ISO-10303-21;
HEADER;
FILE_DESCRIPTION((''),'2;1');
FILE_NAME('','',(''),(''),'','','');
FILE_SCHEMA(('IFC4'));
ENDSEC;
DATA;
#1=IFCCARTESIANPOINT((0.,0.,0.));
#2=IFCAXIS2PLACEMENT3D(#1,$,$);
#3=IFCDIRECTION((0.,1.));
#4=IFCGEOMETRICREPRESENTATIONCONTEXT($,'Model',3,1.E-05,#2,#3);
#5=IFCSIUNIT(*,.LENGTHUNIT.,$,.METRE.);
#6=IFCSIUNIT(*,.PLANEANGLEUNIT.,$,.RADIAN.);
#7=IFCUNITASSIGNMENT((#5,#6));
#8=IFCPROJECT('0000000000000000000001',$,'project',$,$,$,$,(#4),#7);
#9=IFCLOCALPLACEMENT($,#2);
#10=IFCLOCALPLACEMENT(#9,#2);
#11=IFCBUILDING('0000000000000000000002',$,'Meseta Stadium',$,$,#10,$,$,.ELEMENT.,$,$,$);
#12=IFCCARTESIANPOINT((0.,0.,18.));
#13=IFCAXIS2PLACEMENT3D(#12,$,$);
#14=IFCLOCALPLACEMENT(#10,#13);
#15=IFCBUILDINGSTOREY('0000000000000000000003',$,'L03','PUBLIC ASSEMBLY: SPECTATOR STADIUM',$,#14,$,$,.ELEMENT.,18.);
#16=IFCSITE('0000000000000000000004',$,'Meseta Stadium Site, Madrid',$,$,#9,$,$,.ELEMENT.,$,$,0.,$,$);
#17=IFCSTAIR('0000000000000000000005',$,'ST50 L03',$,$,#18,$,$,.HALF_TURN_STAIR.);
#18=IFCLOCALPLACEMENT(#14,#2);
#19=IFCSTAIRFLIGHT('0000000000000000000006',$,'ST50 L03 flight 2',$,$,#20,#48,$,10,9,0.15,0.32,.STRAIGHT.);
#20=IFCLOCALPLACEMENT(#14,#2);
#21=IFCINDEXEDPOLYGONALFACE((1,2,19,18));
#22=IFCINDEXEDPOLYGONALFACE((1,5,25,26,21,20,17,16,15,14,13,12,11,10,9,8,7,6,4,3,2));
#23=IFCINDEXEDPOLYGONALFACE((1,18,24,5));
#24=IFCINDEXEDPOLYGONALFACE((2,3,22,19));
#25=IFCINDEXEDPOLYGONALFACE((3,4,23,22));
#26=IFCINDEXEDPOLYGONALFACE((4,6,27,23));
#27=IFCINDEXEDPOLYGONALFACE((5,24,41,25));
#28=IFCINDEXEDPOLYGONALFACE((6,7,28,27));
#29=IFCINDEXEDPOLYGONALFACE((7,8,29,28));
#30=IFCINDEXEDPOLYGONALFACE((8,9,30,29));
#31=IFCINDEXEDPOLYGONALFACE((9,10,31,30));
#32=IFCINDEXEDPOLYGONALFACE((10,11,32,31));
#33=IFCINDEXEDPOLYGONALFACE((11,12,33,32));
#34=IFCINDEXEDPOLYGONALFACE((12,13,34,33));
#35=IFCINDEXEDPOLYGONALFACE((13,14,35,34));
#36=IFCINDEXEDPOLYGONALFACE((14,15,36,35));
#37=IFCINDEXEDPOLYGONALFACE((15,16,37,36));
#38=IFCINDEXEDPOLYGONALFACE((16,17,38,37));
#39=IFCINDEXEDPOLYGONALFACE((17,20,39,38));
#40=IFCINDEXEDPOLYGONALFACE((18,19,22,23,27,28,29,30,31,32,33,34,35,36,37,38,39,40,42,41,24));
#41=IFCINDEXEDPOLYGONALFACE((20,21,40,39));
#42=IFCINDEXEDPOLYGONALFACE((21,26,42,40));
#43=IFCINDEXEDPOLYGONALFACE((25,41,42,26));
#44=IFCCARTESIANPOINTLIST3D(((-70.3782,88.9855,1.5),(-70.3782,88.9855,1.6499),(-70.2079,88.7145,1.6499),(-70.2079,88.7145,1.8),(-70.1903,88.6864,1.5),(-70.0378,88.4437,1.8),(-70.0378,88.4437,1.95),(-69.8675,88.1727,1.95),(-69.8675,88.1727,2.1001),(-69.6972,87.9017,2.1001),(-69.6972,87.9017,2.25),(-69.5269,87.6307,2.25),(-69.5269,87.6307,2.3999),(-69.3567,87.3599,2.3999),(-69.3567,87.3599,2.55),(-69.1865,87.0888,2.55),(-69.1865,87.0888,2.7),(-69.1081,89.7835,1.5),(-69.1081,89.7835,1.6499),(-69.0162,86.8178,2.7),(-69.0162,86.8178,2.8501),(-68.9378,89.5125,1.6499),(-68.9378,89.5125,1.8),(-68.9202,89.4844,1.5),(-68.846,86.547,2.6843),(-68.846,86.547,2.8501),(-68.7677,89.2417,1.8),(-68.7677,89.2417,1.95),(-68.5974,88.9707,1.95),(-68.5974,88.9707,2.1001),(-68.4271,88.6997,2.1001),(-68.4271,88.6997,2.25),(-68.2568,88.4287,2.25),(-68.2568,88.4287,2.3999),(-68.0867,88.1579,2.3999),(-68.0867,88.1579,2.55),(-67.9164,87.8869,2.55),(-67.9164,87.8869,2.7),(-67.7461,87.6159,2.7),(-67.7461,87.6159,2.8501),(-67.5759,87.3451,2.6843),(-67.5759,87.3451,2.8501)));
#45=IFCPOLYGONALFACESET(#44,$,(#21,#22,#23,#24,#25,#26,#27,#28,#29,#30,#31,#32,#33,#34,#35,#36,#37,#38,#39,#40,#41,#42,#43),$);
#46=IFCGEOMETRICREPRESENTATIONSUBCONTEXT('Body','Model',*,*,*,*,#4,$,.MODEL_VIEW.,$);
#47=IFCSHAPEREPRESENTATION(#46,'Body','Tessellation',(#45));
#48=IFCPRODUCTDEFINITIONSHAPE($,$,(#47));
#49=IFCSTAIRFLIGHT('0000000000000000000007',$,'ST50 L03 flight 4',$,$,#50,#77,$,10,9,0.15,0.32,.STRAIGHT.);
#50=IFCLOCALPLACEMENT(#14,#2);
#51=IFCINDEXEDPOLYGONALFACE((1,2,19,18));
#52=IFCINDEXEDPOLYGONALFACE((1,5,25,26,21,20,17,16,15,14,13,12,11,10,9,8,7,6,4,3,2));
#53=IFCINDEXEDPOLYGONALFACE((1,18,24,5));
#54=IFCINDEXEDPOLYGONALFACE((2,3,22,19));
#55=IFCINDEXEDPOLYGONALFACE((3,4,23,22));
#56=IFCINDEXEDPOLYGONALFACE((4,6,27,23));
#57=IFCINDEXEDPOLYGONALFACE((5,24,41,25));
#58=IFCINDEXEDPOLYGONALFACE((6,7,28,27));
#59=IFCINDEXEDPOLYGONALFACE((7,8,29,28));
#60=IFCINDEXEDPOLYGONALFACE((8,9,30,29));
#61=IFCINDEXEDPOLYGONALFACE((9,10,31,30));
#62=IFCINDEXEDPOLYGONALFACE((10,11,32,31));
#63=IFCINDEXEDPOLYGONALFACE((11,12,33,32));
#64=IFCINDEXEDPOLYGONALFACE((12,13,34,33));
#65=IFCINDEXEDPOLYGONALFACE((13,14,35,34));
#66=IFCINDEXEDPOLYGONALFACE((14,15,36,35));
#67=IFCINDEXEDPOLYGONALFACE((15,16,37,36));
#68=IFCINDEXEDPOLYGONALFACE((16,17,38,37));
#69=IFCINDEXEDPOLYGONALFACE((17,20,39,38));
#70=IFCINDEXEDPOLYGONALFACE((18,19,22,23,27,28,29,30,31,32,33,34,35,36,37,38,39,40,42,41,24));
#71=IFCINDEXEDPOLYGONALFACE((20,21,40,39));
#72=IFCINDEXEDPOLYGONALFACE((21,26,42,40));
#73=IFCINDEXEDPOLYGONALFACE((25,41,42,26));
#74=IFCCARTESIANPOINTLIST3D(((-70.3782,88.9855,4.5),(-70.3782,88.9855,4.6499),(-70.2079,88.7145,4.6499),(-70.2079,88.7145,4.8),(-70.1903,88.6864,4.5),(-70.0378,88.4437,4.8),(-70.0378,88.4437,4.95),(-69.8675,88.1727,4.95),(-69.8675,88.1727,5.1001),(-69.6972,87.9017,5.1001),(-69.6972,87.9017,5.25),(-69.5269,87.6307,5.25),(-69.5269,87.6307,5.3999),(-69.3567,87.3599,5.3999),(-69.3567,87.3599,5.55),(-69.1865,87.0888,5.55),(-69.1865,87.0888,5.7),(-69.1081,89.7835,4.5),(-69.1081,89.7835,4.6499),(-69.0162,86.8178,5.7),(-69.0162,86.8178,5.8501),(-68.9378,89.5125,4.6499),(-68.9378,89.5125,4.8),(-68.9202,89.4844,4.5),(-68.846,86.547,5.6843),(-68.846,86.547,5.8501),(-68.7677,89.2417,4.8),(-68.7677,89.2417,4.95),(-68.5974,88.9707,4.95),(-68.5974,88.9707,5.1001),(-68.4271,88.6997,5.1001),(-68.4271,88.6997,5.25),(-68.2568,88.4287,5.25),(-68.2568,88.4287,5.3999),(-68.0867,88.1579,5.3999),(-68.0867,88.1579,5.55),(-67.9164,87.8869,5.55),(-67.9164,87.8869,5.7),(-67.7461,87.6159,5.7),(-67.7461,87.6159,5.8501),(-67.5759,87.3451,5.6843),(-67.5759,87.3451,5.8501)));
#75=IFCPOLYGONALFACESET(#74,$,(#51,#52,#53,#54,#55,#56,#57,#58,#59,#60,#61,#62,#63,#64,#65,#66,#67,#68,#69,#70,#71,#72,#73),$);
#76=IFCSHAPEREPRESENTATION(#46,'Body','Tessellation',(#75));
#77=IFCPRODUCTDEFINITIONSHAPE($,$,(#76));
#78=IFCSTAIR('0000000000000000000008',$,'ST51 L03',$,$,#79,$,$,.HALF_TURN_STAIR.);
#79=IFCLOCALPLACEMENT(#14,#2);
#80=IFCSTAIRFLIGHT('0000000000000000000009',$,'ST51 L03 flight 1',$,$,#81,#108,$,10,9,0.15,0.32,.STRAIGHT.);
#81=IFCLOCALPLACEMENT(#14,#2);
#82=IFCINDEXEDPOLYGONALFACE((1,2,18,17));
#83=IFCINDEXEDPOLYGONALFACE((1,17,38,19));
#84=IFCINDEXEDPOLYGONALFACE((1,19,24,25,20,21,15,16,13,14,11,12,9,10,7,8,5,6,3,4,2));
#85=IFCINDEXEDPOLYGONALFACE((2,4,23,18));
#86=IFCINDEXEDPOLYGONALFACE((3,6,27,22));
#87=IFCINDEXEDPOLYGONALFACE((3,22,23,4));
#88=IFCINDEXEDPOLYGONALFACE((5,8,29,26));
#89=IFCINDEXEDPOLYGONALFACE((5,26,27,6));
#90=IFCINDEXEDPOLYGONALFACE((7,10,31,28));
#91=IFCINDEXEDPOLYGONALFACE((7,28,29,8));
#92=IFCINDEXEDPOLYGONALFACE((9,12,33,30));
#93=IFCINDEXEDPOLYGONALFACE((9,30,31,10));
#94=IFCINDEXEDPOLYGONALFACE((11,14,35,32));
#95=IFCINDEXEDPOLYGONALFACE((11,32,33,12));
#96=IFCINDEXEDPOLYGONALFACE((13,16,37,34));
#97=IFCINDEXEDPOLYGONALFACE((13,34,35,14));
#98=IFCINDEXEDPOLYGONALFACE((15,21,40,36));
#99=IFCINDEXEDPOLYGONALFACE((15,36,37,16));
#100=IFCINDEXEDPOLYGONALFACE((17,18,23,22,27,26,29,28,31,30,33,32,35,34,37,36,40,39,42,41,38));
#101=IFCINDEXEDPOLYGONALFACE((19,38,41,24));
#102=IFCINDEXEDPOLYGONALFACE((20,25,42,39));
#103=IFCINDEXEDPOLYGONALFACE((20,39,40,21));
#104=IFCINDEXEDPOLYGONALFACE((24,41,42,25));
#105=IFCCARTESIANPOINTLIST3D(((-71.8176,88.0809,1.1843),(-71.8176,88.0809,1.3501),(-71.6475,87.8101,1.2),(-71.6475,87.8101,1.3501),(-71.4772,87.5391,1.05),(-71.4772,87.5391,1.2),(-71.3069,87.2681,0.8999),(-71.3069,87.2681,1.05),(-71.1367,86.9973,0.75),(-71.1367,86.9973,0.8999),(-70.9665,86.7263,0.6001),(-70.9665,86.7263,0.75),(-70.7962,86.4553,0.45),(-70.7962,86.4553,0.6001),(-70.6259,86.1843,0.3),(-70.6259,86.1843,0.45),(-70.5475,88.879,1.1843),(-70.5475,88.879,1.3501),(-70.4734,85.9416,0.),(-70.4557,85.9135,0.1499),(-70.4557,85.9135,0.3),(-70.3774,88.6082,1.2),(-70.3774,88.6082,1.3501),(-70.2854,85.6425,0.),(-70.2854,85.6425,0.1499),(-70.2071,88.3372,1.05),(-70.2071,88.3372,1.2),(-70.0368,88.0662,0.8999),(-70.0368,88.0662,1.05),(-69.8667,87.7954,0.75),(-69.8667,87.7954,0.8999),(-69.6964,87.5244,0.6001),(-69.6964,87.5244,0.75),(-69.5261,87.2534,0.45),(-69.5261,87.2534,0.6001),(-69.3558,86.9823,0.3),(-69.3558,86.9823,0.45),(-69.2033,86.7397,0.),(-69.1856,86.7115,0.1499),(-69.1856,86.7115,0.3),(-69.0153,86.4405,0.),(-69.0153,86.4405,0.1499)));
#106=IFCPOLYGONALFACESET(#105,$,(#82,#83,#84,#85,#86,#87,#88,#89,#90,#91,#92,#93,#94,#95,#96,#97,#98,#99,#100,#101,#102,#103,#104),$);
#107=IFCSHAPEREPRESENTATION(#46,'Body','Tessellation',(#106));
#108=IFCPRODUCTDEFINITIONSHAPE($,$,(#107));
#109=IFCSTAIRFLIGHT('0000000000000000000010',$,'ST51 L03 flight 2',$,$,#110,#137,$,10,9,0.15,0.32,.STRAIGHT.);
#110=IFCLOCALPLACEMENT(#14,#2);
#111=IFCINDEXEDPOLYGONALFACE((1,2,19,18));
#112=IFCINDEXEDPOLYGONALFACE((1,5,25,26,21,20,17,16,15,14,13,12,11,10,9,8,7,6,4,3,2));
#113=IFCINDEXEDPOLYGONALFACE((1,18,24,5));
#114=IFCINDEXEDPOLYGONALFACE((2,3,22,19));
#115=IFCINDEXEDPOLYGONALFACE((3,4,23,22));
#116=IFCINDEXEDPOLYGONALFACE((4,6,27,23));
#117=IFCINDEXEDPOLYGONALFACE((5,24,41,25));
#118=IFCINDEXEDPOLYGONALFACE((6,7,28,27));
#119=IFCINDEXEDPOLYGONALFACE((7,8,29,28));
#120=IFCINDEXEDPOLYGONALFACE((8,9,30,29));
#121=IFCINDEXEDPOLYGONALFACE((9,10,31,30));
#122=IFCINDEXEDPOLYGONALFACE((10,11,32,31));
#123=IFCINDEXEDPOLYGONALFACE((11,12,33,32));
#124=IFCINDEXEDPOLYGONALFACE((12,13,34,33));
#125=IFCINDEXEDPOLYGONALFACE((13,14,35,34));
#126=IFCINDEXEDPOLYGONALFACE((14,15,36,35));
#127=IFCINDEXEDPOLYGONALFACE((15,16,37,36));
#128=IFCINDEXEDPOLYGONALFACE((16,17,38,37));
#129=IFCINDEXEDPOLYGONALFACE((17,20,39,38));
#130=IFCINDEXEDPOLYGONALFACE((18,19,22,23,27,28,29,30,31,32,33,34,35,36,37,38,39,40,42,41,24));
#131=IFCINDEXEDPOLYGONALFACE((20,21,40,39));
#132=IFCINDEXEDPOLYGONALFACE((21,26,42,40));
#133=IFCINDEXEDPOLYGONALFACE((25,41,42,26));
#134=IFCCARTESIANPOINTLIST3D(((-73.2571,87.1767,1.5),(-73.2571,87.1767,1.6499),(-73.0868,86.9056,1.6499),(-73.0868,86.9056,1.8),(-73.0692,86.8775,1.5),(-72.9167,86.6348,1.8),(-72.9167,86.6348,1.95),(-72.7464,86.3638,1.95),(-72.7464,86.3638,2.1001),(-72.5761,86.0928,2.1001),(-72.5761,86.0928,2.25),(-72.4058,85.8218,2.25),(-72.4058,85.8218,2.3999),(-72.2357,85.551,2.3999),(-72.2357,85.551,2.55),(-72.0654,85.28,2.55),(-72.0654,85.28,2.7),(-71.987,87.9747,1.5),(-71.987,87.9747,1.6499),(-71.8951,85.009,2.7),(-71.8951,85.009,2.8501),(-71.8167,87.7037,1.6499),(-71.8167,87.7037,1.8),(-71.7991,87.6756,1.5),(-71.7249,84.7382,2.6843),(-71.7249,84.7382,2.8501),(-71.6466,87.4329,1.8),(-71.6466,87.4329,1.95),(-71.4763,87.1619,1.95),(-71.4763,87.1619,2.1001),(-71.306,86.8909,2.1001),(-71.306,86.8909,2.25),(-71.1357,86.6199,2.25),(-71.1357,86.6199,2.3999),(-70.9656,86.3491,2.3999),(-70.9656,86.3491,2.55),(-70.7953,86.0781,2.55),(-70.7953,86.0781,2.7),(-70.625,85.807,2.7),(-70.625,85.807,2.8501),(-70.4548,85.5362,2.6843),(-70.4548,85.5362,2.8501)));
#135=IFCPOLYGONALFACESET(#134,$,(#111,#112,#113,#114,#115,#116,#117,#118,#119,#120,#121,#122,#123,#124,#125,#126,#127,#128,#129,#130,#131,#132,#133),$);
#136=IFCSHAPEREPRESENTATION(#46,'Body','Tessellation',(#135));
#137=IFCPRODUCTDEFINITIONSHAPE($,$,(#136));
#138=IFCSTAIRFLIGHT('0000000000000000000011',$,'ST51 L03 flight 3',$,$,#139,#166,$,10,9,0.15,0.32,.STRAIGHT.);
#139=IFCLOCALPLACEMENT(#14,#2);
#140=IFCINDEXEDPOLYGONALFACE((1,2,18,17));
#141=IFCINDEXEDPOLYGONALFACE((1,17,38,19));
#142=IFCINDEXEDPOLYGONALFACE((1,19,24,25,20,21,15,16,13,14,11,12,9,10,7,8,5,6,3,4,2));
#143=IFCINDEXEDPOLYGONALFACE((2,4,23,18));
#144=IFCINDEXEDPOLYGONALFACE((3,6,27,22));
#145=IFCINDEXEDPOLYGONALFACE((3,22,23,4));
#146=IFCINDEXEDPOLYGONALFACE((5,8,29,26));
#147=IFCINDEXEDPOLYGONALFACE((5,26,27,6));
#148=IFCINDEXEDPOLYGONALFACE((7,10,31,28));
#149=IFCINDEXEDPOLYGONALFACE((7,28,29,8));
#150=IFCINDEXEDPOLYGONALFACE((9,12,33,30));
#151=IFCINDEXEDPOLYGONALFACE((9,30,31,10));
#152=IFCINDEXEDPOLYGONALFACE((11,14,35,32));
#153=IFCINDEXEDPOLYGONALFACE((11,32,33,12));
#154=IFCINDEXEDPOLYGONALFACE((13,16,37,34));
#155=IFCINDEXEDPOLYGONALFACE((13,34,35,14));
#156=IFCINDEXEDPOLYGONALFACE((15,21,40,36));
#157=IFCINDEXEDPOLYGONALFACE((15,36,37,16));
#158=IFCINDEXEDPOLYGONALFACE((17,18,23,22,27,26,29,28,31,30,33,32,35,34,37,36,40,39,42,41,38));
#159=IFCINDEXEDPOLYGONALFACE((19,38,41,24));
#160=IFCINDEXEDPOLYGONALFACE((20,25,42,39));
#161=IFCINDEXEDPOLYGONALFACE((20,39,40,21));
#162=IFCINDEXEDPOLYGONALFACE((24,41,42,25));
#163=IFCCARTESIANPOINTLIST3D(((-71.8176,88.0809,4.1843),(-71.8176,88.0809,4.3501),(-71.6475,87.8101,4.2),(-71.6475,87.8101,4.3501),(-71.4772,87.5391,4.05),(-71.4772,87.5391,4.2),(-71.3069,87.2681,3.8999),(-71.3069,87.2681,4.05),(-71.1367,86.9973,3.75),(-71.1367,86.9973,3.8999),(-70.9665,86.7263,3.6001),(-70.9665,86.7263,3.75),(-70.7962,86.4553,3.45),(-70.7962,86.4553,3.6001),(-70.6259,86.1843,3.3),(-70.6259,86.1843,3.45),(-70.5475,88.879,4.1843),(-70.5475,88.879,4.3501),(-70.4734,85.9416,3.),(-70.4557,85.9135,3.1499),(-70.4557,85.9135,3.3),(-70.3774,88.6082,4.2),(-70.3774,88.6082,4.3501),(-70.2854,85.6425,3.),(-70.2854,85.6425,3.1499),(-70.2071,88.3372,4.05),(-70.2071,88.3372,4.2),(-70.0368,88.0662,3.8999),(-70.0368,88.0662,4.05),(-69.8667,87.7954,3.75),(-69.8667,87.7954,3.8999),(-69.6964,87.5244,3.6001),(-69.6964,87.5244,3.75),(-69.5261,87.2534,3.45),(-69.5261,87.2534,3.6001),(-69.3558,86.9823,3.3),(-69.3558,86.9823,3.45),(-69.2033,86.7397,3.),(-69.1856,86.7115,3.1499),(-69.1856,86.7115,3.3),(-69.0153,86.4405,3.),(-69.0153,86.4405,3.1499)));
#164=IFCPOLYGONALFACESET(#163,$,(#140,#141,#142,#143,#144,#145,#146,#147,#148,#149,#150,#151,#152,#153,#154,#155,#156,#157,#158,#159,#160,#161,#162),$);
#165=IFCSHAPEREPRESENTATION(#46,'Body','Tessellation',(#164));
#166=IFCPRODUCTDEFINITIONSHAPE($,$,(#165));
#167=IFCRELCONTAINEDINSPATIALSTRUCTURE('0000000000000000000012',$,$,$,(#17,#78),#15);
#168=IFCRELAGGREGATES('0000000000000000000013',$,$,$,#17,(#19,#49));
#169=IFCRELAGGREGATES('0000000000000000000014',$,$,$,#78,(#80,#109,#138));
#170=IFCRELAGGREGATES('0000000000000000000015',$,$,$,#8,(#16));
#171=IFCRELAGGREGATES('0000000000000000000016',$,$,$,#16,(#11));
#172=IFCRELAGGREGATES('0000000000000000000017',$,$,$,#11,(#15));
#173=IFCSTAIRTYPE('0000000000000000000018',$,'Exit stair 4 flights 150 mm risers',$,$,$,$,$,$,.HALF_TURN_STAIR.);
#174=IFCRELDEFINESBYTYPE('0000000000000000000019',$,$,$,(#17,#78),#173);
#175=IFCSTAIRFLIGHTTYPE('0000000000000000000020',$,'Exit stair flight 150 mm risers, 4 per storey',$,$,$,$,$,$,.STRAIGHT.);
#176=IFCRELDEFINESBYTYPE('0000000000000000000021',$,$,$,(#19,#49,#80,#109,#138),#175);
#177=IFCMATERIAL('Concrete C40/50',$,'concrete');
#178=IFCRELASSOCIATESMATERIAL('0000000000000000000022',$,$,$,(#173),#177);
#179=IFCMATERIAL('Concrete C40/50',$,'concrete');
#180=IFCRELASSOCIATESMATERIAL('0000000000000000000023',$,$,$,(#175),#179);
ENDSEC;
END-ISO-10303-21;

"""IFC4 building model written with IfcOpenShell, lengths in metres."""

from ifc_helpers import new_model, si_unit, direction, frame, origin, place, context, subcontext, project, spatial, polyline, outline, extrude, material, type_object, element, aggregate, save


model = new_model("IFC4")

# Units and contexts
model_context = context("Model", 3, precision=1e-05, world=origin(), true_north=direction((0.0, 1.0)))
body_context = subcontext(model_context, "Body", "Model", "MODEL_VIEW")
ifc_project = project(units=[si_unit("LENGTHUNIT", "METRE"), si_unit("PLANEANGLEUNIT", "RADIAN")], contexts=[model_context])

# Site, building, storey
site_placement = place(None, origin())
site = spatial("IfcSite", under=ifc_project, at=site_placement, Name="Meseta Stadium Site, Madrid", CompositionType="ELEMENT", RefElevation=0.0)
building_placement = place(site_placement, origin())
building = spatial("IfcBuilding", under=site, at=building_placement, Name="Meseta Stadium", CompositionType="ELEMENT")
storey_placement = place(building_placement, frame((0.0, 0.0, 18.0)))
storey = spatial("IfcBuildingStorey", under=building, at=storey_placement, Name="L03", Description="PUBLIC ASSEMBLY: SPECTATOR STADIUM", CompositionType="ELEMENT", Elevation=18.0)

# Stairs, stair flights
ifc_material_1 = material(Name="Concrete C40/50", Category="concrete")
stair_type = type_object("IfcStairType", Name="Exit stair 4 flights 150 mm risers", PredefinedType="HALF_TURN_STAIR", material=ifc_material_1)
stair_1_placement = place(storey_placement, origin())
stair_1 = element("IfcStair", 1, at=stair_1_placement, inside=storey, type_object=stair_type, Name="ST50 L03", PredefinedType="HALF_TURN_STAIR")
ifc_material_2 = material(Name="Concrete C40/50", Category="concrete")
stair_flight_type = type_object("IfcStairFlightType", Name="Exit stair flight 150 mm risers, 4 per storey", PredefinedType="STRAIGHT", material=ifc_material_2)
stair_flight_1_placement = place(storey_placement, frame((-69.7432, 89.3845, 1.5), z_axis=(0.0, 0.0, 1.0), x_axis=(0.532032, -0.846724, 0.0)))
stair_flight_1 = element("IfcStairFlight", 2, at=stair_flight_1_placement, type_object=stair_flight_type, Name="ST50 L03 flight 2", NumberOfRisers=10, NumberOfTreads=9, PredefinedType="STRAIGHT", RiserHeight=0.15, TreadLength=0.32, context=body_context, shape_type="SweptSolid", body=[
    extrude(outline(polyline([(0.0, 0.0), (0.0, 0.1499), (0.3201, 0.1499), (0.3201, 0.3), (0.6399, 0.3), (0.6399, 0.45), (0.96, 0.45), (0.96, 0.6001), (1.28, 0.6001), (1.28, 0.75), (1.6001, 0.75), (1.6001, 0.8999), (1.9199, 0.8999), (1.9199, 1.05), (2.24, 1.05), (2.24, 1.2), (2.5601, 1.2), (2.5601, 1.3501), (2.8799, 1.3501), (2.8799, 1.1843), (0.3533, 0.0), (0.0, 0.0)])), frame((0.0, 0.75, 0.0), z_axis=(0.0, -1.0, 0.0), x_axis=(1.0, 0.0, 0.0)), (0.0, 0.0, 1.0), 1.5),
])
stair_flight_2_placement = place(storey_placement, frame((-69.7432, 89.3845, 4.5), z_axis=(0.0, 0.0, 1.0), x_axis=(0.532032, -0.846724, 0.0)))
stair_flight_2 = element("IfcStairFlight", 3, at=stair_flight_2_placement, type_object=stair_flight_type, Name="ST50 L03 flight 4", NumberOfRisers=10, NumberOfTreads=9, PredefinedType="STRAIGHT", RiserHeight=0.15, TreadLength=0.32, context=body_context, shape_type="SweptSolid", body=[
    extrude(outline(polyline([(0.0, 0.0), (0.0, 0.1499), (0.3201, 0.1499), (0.3201, 0.3), (0.6399, 0.3), (0.6399, 0.45), (0.96, 0.45), (0.96, 0.6001), (1.28, 0.6001), (1.28, 0.75), (1.6001, 0.75), (1.6001, 0.8999), (1.9199, 0.8999), (1.9199, 1.05), (2.24, 1.05), (2.24, 1.2), (2.5601, 1.2), (2.5601, 1.3501), (2.8799, 1.3501), (2.8799, 1.1843), (0.3533, 0.0), (0.0, 0.0)])), frame((0.0, 0.75, 0.0), z_axis=(0.0, -1.0, 0.0), x_axis=(1.0, 0.0, 0.0)), (0.0, 0.0, 1.0), 1.5),
])
aggregate(stair_1, [stair_flight_1, stair_flight_2])
stair_2_placement = place(storey_placement, origin())
stair_2 = element("IfcStair", 4, at=stair_2_placement, inside=storey, type_object=stair_type, Name="ST51 L03", PredefinedType="HALF_TURN_STAIR")
stair_flight_3_placement = place(storey_placement, frame((-69.6504, 86.0415, 0.0), z_axis=(0.0, 0.0, 1.0), x_axis=(-0.532032, 0.846724, 0.0)))
stair_flight_3 = element("IfcStairFlight", 5, at=stair_flight_3_placement, type_object=stair_flight_type, Name="ST51 L03 flight 1", NumberOfRisers=10, NumberOfTreads=9, PredefinedType="STRAIGHT", RiserHeight=0.15, TreadLength=0.32, context=body_context, shape_type="SweptSolid", body=[
    extrude(outline(polyline([(0.0, 0.0), (0.0, 0.1499), (0.3201, 0.1499), (0.3201, 0.3), (0.6399, 0.3), (0.6399, 0.45), (0.96, 0.45), (0.96, 0.6001), (1.28, 0.6001), (1.28, 0.75), (1.6001, 0.75), (1.6001, 0.8999), (1.9199, 0.8999), (1.9199, 1.05), (2.24, 1.05), (2.24, 1.2), (2.5601, 1.2), (2.5601, 1.3501), (2.8799, 1.3501), (2.8799, 1.1843), (0.3533, 0.0), (0.0, 0.0)])), frame((0.0, 0.75, 0.0), z_axis=(0.0, -1.0, 0.0), x_axis=(1.0, 0.0, 0.0)), (0.0, 0.0, 1.0), 1.5),
])
stair_flight_4_placement = place(storey_placement, frame((-72.6221, 87.5757, 1.5), z_axis=(0.0, 0.0, 1.0), x_axis=(0.532032, -0.846724, 0.0)))
stair_flight_4 = element("IfcStairFlight", 6, at=stair_flight_4_placement, type_object=stair_flight_type, Name="ST51 L03 flight 2", NumberOfRisers=10, NumberOfTreads=9, PredefinedType="STRAIGHT", RiserHeight=0.15, TreadLength=0.32, context=body_context, shape_type="SweptSolid", body=[
    extrude(outline(polyline([(0.0, 0.0), (0.0, 0.1499), (0.3201, 0.1499), (0.3201, 0.3), (0.6399, 0.3), (0.6399, 0.45), (0.96, 0.45), (0.96, 0.6001), (1.28, 0.6001), (1.28, 0.75), (1.6001, 0.75), (1.6001, 0.8999), (1.9199, 0.8999), (1.9199, 1.05), (2.24, 1.05), (2.24, 1.2), (2.5601, 1.2), (2.5601, 1.3501), (2.8799, 1.3501), (2.8799, 1.1843), (0.3533, 0.0), (0.0, 0.0)])), frame((0.0, 0.75, 0.0), z_axis=(0.0, -1.0, 0.0), x_axis=(1.0, 0.0, 0.0)), (0.0, 0.0, 1.0), 1.5),
])
stair_flight_5_placement = place(storey_placement, frame((-69.6504, 86.0415, 3.0), z_axis=(0.0, 0.0, 1.0), x_axis=(-0.532032, 0.846724, 0.0)))
stair_flight_5 = element("IfcStairFlight", 7, at=stair_flight_5_placement, type_object=stair_flight_type, Name="ST51 L03 flight 3", NumberOfRisers=10, NumberOfTreads=9, PredefinedType="STRAIGHT", RiserHeight=0.15, TreadLength=0.32, context=body_context, shape_type="SweptSolid", body=[
    extrude(outline(polyline([(0.0, 0.0), (0.0, 0.1499), (0.3201, 0.1499), (0.3201, 0.3), (0.6399, 0.3), (0.6399, 0.45), (0.96, 0.45), (0.96, 0.6001), (1.28, 0.6001), (1.28, 0.75), (1.6001, 0.75), (1.6001, 0.8999), (1.9199, 0.8999), (1.9199, 1.05), (2.24, 1.05), (2.24, 1.2), (2.5601, 1.2), (2.5601, 1.3501), (2.8799, 1.3501), (2.8799, 1.1843), (0.3533, 0.0), (0.0, 0.0)])), frame((0.0, 0.75, 0.0), z_axis=(0.0, -1.0, 0.0), x_axis=(1.0, 0.0, 0.0)), (0.0, 0.0, 1.0), 1.5),
])
aggregate(stair_2, [stair_flight_3, stair_flight_4, stair_flight_5])

save(model, "model.ifc")
